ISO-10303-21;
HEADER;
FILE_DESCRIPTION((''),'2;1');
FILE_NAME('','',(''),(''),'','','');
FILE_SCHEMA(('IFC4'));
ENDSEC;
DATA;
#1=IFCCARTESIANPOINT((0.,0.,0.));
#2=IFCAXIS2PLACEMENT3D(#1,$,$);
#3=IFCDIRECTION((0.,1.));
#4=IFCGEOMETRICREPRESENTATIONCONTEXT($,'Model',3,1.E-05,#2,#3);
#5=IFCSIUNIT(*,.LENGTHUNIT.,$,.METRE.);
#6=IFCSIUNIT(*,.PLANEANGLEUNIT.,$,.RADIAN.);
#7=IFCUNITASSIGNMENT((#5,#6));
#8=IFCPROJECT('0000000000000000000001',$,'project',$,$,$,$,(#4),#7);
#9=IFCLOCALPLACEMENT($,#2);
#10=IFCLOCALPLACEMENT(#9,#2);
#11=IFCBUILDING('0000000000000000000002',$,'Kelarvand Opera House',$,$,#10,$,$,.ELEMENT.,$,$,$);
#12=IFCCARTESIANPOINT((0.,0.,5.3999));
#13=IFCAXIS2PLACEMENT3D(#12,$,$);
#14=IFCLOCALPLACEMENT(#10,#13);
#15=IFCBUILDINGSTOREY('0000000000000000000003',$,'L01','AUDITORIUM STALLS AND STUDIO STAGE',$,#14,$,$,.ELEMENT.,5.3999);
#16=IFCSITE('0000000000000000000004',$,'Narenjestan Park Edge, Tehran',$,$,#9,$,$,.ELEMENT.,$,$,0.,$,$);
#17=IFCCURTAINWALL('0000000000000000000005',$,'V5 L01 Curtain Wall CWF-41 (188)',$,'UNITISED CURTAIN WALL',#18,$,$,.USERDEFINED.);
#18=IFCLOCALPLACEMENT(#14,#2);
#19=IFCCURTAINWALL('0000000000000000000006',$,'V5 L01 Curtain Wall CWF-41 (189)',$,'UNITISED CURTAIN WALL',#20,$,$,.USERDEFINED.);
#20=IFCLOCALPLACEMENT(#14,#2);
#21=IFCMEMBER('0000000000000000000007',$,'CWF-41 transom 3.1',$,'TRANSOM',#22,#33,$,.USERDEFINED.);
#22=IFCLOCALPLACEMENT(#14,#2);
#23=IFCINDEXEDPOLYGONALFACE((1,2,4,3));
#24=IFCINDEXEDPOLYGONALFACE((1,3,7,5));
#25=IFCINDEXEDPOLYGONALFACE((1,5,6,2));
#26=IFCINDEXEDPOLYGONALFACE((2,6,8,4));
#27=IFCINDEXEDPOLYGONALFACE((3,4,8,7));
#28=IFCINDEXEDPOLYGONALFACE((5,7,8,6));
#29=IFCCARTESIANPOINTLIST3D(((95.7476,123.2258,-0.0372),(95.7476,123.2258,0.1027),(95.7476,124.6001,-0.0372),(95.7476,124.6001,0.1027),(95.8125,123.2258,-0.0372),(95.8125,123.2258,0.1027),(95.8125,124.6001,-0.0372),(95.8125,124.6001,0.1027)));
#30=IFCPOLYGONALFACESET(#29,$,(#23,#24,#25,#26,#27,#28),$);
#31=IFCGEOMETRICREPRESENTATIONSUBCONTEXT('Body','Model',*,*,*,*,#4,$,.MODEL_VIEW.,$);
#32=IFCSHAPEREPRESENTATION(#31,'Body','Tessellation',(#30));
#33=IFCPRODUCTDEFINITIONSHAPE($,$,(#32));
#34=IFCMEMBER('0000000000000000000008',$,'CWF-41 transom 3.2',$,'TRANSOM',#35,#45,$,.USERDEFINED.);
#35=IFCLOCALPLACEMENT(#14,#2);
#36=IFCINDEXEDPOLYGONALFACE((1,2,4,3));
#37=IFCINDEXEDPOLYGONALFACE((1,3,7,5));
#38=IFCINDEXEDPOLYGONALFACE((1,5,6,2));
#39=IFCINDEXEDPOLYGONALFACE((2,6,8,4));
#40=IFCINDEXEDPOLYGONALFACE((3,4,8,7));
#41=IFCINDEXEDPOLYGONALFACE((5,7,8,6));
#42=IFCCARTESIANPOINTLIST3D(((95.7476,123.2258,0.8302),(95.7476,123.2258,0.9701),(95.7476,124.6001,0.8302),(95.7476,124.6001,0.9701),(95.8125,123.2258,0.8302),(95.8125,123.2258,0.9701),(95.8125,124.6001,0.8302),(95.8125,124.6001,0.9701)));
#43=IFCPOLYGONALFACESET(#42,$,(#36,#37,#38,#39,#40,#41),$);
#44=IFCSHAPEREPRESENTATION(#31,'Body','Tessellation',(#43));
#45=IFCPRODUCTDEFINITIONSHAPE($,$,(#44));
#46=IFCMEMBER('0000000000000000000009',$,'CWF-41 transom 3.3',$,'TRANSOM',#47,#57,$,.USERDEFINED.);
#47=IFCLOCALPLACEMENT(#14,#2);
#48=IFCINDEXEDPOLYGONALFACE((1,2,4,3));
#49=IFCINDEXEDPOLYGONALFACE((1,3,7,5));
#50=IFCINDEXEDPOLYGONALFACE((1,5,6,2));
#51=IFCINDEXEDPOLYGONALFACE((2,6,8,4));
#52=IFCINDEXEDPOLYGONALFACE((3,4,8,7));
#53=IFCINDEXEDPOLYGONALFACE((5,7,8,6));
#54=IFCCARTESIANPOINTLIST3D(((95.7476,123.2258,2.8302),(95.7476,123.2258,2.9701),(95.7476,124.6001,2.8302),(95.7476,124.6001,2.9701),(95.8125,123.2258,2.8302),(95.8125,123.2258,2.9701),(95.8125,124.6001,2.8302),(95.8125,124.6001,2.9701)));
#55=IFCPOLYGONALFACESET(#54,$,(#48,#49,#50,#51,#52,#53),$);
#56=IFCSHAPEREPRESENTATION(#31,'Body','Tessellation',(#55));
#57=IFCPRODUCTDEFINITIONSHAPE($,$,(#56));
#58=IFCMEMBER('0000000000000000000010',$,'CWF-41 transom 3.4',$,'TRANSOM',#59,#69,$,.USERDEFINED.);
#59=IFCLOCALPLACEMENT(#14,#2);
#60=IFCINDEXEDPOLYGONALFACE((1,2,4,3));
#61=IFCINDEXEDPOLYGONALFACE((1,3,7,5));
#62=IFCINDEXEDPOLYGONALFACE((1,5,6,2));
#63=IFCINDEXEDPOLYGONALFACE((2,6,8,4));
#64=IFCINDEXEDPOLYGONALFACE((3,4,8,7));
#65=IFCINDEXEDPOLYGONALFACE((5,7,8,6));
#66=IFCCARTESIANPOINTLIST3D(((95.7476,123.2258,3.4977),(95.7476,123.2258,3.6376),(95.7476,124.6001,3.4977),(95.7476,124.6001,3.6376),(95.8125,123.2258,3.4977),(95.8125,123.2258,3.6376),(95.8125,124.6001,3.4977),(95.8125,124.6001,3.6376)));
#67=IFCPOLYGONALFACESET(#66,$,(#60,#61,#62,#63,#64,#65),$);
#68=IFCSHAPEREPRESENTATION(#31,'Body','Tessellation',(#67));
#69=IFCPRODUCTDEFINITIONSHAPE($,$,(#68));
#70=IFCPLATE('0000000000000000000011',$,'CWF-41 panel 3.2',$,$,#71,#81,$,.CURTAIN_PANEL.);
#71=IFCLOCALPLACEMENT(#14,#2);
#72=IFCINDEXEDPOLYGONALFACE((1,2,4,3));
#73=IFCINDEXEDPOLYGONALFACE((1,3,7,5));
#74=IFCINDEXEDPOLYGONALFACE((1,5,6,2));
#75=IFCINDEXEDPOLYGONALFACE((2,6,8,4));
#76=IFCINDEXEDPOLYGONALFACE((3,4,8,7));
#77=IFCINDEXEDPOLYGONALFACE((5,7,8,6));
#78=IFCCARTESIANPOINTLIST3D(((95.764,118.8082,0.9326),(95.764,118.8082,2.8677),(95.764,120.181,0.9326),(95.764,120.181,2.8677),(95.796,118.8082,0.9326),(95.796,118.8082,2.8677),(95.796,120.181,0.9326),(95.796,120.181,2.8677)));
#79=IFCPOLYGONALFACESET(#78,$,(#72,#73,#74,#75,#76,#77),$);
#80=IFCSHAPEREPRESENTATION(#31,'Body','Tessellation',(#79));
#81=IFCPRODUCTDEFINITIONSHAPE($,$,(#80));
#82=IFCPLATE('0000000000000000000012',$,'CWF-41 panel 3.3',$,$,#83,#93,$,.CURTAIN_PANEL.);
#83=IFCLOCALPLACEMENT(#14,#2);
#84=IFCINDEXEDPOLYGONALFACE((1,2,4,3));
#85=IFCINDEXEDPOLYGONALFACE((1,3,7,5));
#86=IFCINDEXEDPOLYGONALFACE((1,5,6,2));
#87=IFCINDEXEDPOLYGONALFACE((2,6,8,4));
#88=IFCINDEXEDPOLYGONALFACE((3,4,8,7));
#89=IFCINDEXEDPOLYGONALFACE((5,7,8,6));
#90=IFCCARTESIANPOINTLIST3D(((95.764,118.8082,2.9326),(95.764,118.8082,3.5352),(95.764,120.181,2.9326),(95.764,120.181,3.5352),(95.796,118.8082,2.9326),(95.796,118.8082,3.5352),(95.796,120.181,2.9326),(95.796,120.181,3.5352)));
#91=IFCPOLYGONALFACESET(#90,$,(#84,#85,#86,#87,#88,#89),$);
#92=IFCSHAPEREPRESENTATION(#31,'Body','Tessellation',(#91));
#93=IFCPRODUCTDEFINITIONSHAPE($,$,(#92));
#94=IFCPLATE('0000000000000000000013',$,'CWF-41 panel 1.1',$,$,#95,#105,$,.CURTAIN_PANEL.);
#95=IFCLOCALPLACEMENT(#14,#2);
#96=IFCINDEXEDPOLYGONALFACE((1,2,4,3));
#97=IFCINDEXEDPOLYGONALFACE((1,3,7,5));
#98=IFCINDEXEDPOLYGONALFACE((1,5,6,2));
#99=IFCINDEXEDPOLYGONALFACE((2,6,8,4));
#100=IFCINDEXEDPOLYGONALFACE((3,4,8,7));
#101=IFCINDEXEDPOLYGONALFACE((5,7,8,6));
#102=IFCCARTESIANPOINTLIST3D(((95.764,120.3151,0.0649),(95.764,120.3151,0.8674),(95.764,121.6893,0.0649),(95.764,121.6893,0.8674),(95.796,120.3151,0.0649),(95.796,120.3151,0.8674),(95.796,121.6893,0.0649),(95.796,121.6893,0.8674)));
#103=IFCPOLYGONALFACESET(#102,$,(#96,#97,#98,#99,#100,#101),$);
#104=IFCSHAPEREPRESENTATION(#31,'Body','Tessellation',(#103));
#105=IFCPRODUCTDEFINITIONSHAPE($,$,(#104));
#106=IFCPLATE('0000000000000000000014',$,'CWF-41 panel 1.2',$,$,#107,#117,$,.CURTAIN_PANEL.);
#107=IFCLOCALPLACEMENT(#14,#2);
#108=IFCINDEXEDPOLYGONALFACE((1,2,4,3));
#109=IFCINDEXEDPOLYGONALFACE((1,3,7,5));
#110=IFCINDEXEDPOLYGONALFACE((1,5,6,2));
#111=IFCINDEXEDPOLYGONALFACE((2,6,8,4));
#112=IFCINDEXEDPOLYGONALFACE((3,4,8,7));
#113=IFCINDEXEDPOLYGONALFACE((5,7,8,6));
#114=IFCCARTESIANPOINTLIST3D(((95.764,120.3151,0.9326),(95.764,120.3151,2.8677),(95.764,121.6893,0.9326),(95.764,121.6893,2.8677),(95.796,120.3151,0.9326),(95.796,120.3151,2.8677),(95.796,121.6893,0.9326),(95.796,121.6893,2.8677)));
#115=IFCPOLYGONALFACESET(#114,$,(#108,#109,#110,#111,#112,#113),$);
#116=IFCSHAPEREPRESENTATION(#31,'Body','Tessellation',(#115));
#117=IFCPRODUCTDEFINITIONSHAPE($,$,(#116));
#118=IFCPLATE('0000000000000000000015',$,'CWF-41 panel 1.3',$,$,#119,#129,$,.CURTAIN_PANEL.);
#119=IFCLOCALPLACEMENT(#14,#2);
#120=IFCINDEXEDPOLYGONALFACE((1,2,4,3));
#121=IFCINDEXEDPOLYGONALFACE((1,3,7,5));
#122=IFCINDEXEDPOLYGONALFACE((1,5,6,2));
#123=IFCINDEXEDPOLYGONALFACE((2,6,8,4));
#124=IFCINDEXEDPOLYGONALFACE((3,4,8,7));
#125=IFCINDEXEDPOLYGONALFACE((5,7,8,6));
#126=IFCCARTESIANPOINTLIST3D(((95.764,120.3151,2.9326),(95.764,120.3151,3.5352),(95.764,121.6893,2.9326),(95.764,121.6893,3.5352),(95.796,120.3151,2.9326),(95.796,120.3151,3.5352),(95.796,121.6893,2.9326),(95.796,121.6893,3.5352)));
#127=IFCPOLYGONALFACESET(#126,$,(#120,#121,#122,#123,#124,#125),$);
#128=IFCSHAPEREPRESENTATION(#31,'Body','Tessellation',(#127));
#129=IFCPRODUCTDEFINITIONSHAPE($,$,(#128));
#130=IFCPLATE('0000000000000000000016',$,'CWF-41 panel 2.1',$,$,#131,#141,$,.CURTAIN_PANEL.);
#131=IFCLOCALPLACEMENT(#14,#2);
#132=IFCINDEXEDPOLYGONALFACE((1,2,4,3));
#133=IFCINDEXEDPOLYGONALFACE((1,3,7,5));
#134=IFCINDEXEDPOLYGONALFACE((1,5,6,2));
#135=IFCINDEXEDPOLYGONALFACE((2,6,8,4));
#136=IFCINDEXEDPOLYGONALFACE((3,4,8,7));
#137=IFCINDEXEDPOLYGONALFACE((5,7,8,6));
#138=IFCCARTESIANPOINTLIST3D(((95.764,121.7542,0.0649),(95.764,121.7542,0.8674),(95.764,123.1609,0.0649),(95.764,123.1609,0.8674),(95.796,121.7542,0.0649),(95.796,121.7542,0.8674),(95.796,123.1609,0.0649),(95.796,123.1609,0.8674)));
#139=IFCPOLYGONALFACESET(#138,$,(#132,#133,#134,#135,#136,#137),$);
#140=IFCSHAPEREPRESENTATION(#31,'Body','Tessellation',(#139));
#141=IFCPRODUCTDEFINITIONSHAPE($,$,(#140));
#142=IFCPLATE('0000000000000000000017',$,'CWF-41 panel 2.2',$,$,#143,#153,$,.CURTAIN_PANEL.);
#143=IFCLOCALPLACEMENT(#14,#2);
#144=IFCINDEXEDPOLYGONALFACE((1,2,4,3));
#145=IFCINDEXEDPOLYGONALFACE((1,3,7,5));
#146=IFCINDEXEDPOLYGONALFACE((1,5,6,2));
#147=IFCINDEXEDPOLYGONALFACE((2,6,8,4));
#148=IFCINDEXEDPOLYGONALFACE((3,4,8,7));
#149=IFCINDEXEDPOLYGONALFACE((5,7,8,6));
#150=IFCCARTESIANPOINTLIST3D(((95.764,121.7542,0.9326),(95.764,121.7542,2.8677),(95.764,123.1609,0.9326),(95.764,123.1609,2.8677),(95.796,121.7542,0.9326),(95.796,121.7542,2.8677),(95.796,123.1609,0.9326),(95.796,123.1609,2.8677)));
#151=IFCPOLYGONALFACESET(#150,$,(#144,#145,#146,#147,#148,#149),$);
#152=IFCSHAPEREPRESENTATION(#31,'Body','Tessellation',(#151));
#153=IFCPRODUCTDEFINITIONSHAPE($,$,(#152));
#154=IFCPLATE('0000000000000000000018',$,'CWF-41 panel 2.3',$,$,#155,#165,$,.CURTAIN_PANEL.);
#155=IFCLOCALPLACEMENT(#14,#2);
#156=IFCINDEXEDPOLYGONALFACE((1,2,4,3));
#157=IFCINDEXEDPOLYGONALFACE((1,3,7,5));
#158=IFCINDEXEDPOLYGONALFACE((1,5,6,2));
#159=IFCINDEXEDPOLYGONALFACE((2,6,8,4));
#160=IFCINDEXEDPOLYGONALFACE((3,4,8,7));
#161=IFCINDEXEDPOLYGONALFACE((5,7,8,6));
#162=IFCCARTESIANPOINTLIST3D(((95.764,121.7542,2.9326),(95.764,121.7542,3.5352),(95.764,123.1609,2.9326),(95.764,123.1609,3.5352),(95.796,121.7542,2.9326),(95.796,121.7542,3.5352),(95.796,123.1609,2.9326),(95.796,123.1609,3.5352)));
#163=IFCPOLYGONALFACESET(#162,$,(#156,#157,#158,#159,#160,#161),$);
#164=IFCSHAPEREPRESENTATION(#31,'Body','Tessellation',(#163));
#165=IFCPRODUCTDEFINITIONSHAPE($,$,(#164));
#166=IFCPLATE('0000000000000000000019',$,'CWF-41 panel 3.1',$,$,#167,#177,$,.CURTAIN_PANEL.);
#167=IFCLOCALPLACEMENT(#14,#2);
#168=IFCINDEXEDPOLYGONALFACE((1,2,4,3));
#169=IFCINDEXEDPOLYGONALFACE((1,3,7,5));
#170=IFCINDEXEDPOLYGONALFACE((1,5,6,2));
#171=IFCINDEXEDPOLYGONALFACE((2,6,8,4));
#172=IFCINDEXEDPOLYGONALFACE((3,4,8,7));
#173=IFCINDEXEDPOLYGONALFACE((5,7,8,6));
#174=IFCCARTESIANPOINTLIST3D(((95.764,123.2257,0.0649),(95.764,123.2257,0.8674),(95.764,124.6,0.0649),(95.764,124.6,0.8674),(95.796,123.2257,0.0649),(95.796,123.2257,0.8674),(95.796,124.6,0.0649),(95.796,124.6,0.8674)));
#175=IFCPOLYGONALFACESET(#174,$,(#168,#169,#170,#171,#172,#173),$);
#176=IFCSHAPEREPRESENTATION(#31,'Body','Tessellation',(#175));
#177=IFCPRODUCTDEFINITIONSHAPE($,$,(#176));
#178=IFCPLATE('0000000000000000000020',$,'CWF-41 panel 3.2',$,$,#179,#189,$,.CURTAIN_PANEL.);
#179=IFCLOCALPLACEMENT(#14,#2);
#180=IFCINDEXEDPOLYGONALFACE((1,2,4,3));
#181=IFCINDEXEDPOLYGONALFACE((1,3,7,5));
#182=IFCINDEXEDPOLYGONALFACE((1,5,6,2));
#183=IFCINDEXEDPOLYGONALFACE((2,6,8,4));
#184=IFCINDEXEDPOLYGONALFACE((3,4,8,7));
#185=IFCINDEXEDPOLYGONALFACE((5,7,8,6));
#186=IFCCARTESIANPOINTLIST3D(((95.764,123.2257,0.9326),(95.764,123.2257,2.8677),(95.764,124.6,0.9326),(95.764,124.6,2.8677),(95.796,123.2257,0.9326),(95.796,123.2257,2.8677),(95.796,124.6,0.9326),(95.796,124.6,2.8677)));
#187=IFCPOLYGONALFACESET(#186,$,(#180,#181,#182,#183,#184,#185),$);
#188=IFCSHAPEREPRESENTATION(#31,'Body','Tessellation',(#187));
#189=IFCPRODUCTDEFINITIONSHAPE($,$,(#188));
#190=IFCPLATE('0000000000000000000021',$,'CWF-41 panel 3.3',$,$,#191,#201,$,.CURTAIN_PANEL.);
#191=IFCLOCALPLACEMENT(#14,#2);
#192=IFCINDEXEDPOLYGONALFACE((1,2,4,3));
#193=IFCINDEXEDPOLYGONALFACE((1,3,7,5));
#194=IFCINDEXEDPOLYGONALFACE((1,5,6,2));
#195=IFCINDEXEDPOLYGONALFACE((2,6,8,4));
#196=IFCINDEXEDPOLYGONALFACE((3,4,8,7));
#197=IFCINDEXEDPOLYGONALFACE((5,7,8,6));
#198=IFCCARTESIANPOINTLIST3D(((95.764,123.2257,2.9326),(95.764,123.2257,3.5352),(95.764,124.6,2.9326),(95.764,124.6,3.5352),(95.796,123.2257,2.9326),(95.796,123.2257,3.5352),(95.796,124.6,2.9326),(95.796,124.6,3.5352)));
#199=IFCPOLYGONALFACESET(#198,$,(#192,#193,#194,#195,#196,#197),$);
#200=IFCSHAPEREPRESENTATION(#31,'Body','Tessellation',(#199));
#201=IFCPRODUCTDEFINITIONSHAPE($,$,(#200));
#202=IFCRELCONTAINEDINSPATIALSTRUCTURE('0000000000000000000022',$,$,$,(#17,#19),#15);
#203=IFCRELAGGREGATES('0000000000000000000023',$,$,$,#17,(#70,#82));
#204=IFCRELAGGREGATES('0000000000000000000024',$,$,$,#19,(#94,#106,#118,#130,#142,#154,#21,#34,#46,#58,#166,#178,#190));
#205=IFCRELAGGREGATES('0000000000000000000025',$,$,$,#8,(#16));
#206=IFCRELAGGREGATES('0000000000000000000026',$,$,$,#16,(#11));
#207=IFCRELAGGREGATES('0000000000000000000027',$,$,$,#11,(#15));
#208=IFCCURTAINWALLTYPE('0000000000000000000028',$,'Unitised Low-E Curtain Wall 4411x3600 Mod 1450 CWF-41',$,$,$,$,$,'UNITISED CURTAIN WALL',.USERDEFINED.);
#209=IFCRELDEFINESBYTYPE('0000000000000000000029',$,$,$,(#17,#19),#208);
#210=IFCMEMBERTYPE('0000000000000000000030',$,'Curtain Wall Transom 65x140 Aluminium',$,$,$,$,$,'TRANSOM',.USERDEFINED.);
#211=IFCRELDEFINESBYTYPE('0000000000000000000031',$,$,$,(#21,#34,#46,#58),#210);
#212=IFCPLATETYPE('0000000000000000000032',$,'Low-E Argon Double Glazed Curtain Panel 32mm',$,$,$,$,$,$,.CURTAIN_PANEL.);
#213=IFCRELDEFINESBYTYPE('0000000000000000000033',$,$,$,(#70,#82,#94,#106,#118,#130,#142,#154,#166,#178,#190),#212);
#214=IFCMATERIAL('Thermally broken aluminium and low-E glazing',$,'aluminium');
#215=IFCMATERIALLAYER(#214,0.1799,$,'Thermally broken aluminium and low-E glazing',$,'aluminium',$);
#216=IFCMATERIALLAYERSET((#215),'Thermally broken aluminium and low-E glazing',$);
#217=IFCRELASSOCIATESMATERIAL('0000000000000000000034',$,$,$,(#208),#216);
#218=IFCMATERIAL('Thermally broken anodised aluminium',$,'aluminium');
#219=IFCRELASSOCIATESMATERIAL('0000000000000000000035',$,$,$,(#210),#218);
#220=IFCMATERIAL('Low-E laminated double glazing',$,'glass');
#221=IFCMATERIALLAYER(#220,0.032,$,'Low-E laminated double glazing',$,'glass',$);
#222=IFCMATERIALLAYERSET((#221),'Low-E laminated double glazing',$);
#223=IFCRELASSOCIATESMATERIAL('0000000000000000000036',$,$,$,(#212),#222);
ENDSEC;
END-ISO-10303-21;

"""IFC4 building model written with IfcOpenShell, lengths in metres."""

from ifc_helpers import new_model, si_unit, direction, frame, origin, origin_2d, place, context, subcontext, project, spatial, rectangle, extrude, material, layer, layer_set, material_profile, profile_set, type_object, element, aggregate, save


model = new_model("IFC4")

# Units and contexts
model_context = context("Model", 3, precision=1e-05, world=origin(), true_north=direction((0.0, 1.0)))
body_context = subcontext(model_context, "Body", "Model", "MODEL_VIEW")
ifc_project = project(units=[si_unit("LENGTHUNIT", "METRE"), si_unit("PLANEANGLEUNIT", "RADIAN")], contexts=[model_context])

# Site, building, storey
site_placement = place(None, origin())
site = spatial("IfcSite", under=ifc_project, at=site_placement, Name="Narenjestan Park Edge, Tehran", CompositionType="ELEMENT", RefElevation=0.0)
building_placement = place(site_placement, origin())
building = spatial("IfcBuilding", under=site, at=building_placement, Name="Kelarvand Opera House", CompositionType="ELEMENT")
storey_placement = place(building_placement, frame((0.0, 0.0, 5.3999)))
storey = spatial("IfcBuildingStorey", under=building, at=storey_placement, Name="L01", Description="AUDITORIUM STALLS AND STUDIO STAGE", CompositionType="ELEMENT", Elevation=5.3999)

# Curtain wall
ifc_material_1 = material(Name="Thermally broken aluminium and low-E glazing", Category="aluminium")
ifc_layer_1 = layer(ifc_material_1, 0.1799, Name="Thermally broken aluminium and low-E glazing", Category="aluminium")
ifc_layer_set_1 = layer_set([ifc_layer_1], Name="Thermally broken aluminium and low-E glazing")
curtain_wall_type = type_object("IfcCurtainWallType", Name="Unitised Low-E Curtain Wall 4411x3600 Mod 1450 CWF-41", ElementType="UNITISED CURTAIN WALL", PredefinedType="USERDEFINED", material=ifc_layer_set_1)
curtain_wall_1_placement = place(storey_placement, origin())
curtain_wall_1 = element("IfcCurtainWall", 1, at=curtain_wall_1_placement, inside=storey, type_object=curtain_wall_type, Name="V5 L01 Curtain Wall CWF-41 (188)", ObjectType="UNITISED CURTAIN WALL", PredefinedType="USERDEFINED")
ifc_material_2 = material(Name="Thermally broken anodised aluminium", Category="aluminium")

# Curtain wall, members
curtain_wall_2_placement = place(storey_placement, origin())
curtain_wall_2 = element("IfcCurtainWall", 2, at=curtain_wall_2_placement, inside=storey, type_object=curtain_wall_type, Name="V5 L01 Curtain Wall CWF-41 (189)", ObjectType="UNITISED CURTAIN WALL", PredefinedType="USERDEFINED")
ifc_material_profile_1 = material_profile(ifc_material_2, rectangle(XDim=0.0649, YDim=0.1399, at=origin_2d()), Name="ALU TRANSOM 65x140", Category="aluminium")
ifc_profile_set_1 = profile_set([ifc_material_profile_1], Name="Thermally broken anodised aluminium")
member_type_1 = type_object("IfcMemberType", Name="Curtain Wall Transom 65x140 Aluminium", ElementType="TRANSOM", PredefinedType="USERDEFINED", material=ifc_profile_set_1)
member_1_placement = place(storey_placement, frame((95.78, 123.2258, 0.0327), z_axis=(0.0, 1.0, 0.0), x_axis=(-1.0, 0.0, 0.0)))
member_1 = element("IfcMember", 3, at=member_1_placement, type_object=member_type_1, Name="CWF-41 transom 3.1", ObjectType="TRANSOM", PredefinedType="USERDEFINED", context=body_context, shape_type="SweptSolid", body=[
    extrude(rectangle(XDim=0.0649, YDim=0.1399, at=origin_2d()), origin(), (0.0, 0.0, 1.0), 1.3743),
])
member_2_placement = place(storey_placement, frame((95.78, 123.2258, 0.9001), z_axis=(0.0, 1.0, 0.0), x_axis=(-1.0, 0.0, 0.0)))
member_2 = element("IfcMember", 4, at=member_2_placement, type_object=member_type_1, Name="CWF-41 transom 3.2", ObjectType="TRANSOM", PredefinedType="USERDEFINED", context=body_context, shape_type="SweptSolid", body=[
    extrude(rectangle(XDim=0.0649, YDim=0.1399, at=origin_2d()), origin(), (0.0, 0.0, 1.0), 1.3743),
])
member_3_placement = place(storey_placement, frame((95.78, 123.2258, 2.9001), z_axis=(0.0, 1.0, 0.0), x_axis=(-1.0, 0.0, 0.0)))
member_3 = element("IfcMember", 5, at=member_3_placement, type_object=member_type_1, Name="CWF-41 transom 3.3", ObjectType="TRANSOM", PredefinedType="USERDEFINED", context=body_context, shape_type="SweptSolid", body=[
    extrude(rectangle(XDim=0.0649, YDim=0.1399, at=origin_2d()), origin(), (0.0, 0.0, 1.0), 1.3743),
])
member_4_placement = place(storey_placement, frame((95.78, 123.2258, 3.5676), z_axis=(0.0, 1.0, 0.0), x_axis=(-1.0, 0.0, 0.0)))
member_4 = element("IfcMember", 6, at=member_4_placement, type_object=member_type_1, Name="CWF-41 transom 3.4", ObjectType="TRANSOM", PredefinedType="USERDEFINED", context=body_context, shape_type="SweptSolid", body=[
    extrude(rectangle(XDim=0.0649, YDim=0.1399, at=origin_2d()), origin(), (0.0, 0.0, 1.0), 1.3743),
])

# Plates
ifc_material_3 = material(Name="Low-E laminated double glazing", Category="glass")
ifc_layer_2 = layer(ifc_material_3, 0.032, Name="Low-E laminated double glazing", Category="glass")
ifc_layer_set_2 = layer_set([ifc_layer_2], Name="Low-E laminated double glazing")
plate_type = type_object("IfcPlateType", Name="Low-E Argon Double Glazed Curtain Panel 32mm", PredefinedType="CURTAIN_PANEL", material=ifc_layer_set_2)
plate_1_placement = place(storey_placement, frame((95.78, 119.4946, 0.9326), z_axis=(0.0, 0.0, 1.0), x_axis=(0.0, 1.0, 0.0)))
plate_1 = element("IfcPlate", 7, at=plate_1_placement, type_object=plate_type, Name="CWF-41 panel 3.2", PredefinedType="CURTAIN_PANEL", context=body_context, shape_type="SweptSolid", body=[
    extrude(rectangle(XDim=1.3728, YDim=0.032, at=origin_2d()), origin(), (0.0, 0.0, 1.0), 1.9351),
])
plate_2_placement = place(storey_placement, frame((95.78, 119.4946, 2.9326), z_axis=(0.0, 0.0, 1.0), x_axis=(0.0, 1.0, 0.0)))
plate_2 = element("IfcPlate", 8, at=plate_2_placement, type_object=plate_type, Name="CWF-41 panel 3.3", PredefinedType="CURTAIN_PANEL", context=body_context, shape_type="SweptSolid", body=[
    extrude(rectangle(XDim=1.3728, YDim=0.032, at=origin_2d()), origin(), (0.0, 0.0, 1.0), 0.6025),
])
aggregate(curtain_wall_1, [plate_1, plate_2])
plate_3_placement = place(storey_placement, frame((95.78, 121.0022, 0.0649), z_axis=(0.0, 0.0, 1.0), x_axis=(0.0, 1.0, 0.0)))
plate_3 = element("IfcPlate", 9, at=plate_3_placement, type_object=plate_type, Name="CWF-41 panel 1.1", PredefinedType="CURTAIN_PANEL", context=body_context, shape_type="SweptSolid", body=[
    extrude(rectangle(XDim=1.3743, YDim=0.032, at=origin_2d()), origin(), (0.0, 0.0, 1.0), 0.8025),
])
plate_4_placement = place(storey_placement, frame((95.78, 121.0022, 0.9326), z_axis=(0.0, 0.0, 1.0), x_axis=(0.0, 1.0, 0.0)))
plate_4 = element("IfcPlate", 10, at=plate_4_placement, type_object=plate_type, Name="CWF-41 panel 1.2", PredefinedType="CURTAIN_PANEL", context=body_context, shape_type="SweptSolid", body=[
    extrude(rectangle(XDim=1.3743, YDim=0.032, at=origin_2d()), origin(), (0.0, 0.0, 1.0), 1.9351),
])
plate_5_placement = place(storey_placement, frame((95.78, 121.0022, 2.9326), z_axis=(0.0, 0.0, 1.0), x_axis=(0.0, 1.0, 0.0)))
plate_5 = element("IfcPlate", 11, at=plate_5_placement, type_object=plate_type, Name="CWF-41 panel 1.3", PredefinedType="CURTAIN_PANEL", context=body_context, shape_type="SweptSolid", body=[
    extrude(rectangle(XDim=1.3743, YDim=0.032, at=origin_2d()), origin(), (0.0, 0.0, 1.0), 0.6025),
])
plate_6_placement = place(storey_placement, frame((95.78, 122.4575, 0.0649), z_axis=(0.0, 0.0, 1.0), x_axis=(0.0, 1.0, 0.0)))
plate_6 = element("IfcPlate", 12, at=plate_6_placement, type_object=plate_type, Name="CWF-41 panel 2.1", PredefinedType="CURTAIN_PANEL", context=body_context, shape_type="SweptSolid", body=[
    extrude(rectangle(XDim=1.4067, YDim=0.032, at=origin_2d()), origin(), (0.0, 0.0, 1.0), 0.8025),
])
plate_7_placement = place(storey_placement, frame((95.78, 122.4575, 0.9326), z_axis=(0.0, 0.0, 1.0), x_axis=(0.0, 1.0, 0.0)))
plate_7 = element("IfcPlate", 13, at=plate_7_placement, type_object=plate_type, Name="CWF-41 panel 2.2", PredefinedType="CURTAIN_PANEL", context=body_context, shape_type="SweptSolid", body=[
    extrude(rectangle(XDim=1.4067, YDim=0.032, at=origin_2d()), origin(), (0.0, 0.0, 1.0), 1.9351),
])
plate_8_placement = place(storey_placement, frame((95.78, 122.4575, 2.9326), z_axis=(0.0, 0.0, 1.0), x_axis=(0.0, 1.0, 0.0)))
plate_8 = element("IfcPlate", 14, at=plate_8_placement, type_object=plate_type, Name="CWF-41 panel 2.3", PredefinedType="CURTAIN_PANEL", context=body_context, shape_type="SweptSolid", body=[
    extrude(rectangle(XDim=1.4067, YDim=0.032, at=origin_2d()), origin(), (0.0, 0.0, 1.0), 0.6025),
])
plate_9_placement = place(storey_placement, frame((95.78, 123.9128, 0.0649), z_axis=(0.0, 0.0, 1.0), x_axis=(0.0, 1.0, 0.0)))
plate_9 = element("IfcPlate", 15, at=plate_9_placement, type_object=plate_type, Name="CWF-41 panel 3.1", PredefinedType="CURTAIN_PANEL", context=body_context, shape_type="SweptSolid", body=[
    extrude(rectangle(XDim=1.3743, YDim=0.032, at=origin_2d()), origin(), (0.0, 0.0, 1.0), 0.8025),
])
plate_10_placement = place(storey_placement, frame((95.78, 123.9128, 0.9326), z_axis=(0.0, 0.0, 1.0), x_axis=(0.0, 1.0, 0.0)))
plate_10 = element("IfcPlate", 16, at=plate_10_placement, type_object=plate_type, Name="CWF-41 panel 3.2", PredefinedType="CURTAIN_PANEL", context=body_context, shape_type="SweptSolid", body=[
    extrude(rectangle(XDim=1.3743, YDim=0.032, at=origin_2d()), origin(), (0.0, 0.0, 1.0), 1.9351),
])
plate_11_placement = place(storey_placement, frame((95.78, 123.9128, 2.9326), z_axis=(0.0, 0.0, 1.0), x_axis=(0.0, 1.0, 0.0)))
plate_11 = element("IfcPlate", 17, at=plate_11_placement, type_object=plate_type, Name="CWF-41 panel 3.3", PredefinedType="CURTAIN_PANEL", context=body_context, shape_type="SweptSolid", body=[
    extrude(rectangle(XDim=1.3743, YDim=0.032, at=origin_2d()), origin(), (0.0, 0.0, 1.0), 0.6025),
])
aggregate(curtain_wall_2, [plate_3, plate_4, plate_5, plate_6, plate_7, plate_8, member_1, member_2, member_3, member_4, plate_9, plate_10, plate_11])

save(model, "model.ifc")
